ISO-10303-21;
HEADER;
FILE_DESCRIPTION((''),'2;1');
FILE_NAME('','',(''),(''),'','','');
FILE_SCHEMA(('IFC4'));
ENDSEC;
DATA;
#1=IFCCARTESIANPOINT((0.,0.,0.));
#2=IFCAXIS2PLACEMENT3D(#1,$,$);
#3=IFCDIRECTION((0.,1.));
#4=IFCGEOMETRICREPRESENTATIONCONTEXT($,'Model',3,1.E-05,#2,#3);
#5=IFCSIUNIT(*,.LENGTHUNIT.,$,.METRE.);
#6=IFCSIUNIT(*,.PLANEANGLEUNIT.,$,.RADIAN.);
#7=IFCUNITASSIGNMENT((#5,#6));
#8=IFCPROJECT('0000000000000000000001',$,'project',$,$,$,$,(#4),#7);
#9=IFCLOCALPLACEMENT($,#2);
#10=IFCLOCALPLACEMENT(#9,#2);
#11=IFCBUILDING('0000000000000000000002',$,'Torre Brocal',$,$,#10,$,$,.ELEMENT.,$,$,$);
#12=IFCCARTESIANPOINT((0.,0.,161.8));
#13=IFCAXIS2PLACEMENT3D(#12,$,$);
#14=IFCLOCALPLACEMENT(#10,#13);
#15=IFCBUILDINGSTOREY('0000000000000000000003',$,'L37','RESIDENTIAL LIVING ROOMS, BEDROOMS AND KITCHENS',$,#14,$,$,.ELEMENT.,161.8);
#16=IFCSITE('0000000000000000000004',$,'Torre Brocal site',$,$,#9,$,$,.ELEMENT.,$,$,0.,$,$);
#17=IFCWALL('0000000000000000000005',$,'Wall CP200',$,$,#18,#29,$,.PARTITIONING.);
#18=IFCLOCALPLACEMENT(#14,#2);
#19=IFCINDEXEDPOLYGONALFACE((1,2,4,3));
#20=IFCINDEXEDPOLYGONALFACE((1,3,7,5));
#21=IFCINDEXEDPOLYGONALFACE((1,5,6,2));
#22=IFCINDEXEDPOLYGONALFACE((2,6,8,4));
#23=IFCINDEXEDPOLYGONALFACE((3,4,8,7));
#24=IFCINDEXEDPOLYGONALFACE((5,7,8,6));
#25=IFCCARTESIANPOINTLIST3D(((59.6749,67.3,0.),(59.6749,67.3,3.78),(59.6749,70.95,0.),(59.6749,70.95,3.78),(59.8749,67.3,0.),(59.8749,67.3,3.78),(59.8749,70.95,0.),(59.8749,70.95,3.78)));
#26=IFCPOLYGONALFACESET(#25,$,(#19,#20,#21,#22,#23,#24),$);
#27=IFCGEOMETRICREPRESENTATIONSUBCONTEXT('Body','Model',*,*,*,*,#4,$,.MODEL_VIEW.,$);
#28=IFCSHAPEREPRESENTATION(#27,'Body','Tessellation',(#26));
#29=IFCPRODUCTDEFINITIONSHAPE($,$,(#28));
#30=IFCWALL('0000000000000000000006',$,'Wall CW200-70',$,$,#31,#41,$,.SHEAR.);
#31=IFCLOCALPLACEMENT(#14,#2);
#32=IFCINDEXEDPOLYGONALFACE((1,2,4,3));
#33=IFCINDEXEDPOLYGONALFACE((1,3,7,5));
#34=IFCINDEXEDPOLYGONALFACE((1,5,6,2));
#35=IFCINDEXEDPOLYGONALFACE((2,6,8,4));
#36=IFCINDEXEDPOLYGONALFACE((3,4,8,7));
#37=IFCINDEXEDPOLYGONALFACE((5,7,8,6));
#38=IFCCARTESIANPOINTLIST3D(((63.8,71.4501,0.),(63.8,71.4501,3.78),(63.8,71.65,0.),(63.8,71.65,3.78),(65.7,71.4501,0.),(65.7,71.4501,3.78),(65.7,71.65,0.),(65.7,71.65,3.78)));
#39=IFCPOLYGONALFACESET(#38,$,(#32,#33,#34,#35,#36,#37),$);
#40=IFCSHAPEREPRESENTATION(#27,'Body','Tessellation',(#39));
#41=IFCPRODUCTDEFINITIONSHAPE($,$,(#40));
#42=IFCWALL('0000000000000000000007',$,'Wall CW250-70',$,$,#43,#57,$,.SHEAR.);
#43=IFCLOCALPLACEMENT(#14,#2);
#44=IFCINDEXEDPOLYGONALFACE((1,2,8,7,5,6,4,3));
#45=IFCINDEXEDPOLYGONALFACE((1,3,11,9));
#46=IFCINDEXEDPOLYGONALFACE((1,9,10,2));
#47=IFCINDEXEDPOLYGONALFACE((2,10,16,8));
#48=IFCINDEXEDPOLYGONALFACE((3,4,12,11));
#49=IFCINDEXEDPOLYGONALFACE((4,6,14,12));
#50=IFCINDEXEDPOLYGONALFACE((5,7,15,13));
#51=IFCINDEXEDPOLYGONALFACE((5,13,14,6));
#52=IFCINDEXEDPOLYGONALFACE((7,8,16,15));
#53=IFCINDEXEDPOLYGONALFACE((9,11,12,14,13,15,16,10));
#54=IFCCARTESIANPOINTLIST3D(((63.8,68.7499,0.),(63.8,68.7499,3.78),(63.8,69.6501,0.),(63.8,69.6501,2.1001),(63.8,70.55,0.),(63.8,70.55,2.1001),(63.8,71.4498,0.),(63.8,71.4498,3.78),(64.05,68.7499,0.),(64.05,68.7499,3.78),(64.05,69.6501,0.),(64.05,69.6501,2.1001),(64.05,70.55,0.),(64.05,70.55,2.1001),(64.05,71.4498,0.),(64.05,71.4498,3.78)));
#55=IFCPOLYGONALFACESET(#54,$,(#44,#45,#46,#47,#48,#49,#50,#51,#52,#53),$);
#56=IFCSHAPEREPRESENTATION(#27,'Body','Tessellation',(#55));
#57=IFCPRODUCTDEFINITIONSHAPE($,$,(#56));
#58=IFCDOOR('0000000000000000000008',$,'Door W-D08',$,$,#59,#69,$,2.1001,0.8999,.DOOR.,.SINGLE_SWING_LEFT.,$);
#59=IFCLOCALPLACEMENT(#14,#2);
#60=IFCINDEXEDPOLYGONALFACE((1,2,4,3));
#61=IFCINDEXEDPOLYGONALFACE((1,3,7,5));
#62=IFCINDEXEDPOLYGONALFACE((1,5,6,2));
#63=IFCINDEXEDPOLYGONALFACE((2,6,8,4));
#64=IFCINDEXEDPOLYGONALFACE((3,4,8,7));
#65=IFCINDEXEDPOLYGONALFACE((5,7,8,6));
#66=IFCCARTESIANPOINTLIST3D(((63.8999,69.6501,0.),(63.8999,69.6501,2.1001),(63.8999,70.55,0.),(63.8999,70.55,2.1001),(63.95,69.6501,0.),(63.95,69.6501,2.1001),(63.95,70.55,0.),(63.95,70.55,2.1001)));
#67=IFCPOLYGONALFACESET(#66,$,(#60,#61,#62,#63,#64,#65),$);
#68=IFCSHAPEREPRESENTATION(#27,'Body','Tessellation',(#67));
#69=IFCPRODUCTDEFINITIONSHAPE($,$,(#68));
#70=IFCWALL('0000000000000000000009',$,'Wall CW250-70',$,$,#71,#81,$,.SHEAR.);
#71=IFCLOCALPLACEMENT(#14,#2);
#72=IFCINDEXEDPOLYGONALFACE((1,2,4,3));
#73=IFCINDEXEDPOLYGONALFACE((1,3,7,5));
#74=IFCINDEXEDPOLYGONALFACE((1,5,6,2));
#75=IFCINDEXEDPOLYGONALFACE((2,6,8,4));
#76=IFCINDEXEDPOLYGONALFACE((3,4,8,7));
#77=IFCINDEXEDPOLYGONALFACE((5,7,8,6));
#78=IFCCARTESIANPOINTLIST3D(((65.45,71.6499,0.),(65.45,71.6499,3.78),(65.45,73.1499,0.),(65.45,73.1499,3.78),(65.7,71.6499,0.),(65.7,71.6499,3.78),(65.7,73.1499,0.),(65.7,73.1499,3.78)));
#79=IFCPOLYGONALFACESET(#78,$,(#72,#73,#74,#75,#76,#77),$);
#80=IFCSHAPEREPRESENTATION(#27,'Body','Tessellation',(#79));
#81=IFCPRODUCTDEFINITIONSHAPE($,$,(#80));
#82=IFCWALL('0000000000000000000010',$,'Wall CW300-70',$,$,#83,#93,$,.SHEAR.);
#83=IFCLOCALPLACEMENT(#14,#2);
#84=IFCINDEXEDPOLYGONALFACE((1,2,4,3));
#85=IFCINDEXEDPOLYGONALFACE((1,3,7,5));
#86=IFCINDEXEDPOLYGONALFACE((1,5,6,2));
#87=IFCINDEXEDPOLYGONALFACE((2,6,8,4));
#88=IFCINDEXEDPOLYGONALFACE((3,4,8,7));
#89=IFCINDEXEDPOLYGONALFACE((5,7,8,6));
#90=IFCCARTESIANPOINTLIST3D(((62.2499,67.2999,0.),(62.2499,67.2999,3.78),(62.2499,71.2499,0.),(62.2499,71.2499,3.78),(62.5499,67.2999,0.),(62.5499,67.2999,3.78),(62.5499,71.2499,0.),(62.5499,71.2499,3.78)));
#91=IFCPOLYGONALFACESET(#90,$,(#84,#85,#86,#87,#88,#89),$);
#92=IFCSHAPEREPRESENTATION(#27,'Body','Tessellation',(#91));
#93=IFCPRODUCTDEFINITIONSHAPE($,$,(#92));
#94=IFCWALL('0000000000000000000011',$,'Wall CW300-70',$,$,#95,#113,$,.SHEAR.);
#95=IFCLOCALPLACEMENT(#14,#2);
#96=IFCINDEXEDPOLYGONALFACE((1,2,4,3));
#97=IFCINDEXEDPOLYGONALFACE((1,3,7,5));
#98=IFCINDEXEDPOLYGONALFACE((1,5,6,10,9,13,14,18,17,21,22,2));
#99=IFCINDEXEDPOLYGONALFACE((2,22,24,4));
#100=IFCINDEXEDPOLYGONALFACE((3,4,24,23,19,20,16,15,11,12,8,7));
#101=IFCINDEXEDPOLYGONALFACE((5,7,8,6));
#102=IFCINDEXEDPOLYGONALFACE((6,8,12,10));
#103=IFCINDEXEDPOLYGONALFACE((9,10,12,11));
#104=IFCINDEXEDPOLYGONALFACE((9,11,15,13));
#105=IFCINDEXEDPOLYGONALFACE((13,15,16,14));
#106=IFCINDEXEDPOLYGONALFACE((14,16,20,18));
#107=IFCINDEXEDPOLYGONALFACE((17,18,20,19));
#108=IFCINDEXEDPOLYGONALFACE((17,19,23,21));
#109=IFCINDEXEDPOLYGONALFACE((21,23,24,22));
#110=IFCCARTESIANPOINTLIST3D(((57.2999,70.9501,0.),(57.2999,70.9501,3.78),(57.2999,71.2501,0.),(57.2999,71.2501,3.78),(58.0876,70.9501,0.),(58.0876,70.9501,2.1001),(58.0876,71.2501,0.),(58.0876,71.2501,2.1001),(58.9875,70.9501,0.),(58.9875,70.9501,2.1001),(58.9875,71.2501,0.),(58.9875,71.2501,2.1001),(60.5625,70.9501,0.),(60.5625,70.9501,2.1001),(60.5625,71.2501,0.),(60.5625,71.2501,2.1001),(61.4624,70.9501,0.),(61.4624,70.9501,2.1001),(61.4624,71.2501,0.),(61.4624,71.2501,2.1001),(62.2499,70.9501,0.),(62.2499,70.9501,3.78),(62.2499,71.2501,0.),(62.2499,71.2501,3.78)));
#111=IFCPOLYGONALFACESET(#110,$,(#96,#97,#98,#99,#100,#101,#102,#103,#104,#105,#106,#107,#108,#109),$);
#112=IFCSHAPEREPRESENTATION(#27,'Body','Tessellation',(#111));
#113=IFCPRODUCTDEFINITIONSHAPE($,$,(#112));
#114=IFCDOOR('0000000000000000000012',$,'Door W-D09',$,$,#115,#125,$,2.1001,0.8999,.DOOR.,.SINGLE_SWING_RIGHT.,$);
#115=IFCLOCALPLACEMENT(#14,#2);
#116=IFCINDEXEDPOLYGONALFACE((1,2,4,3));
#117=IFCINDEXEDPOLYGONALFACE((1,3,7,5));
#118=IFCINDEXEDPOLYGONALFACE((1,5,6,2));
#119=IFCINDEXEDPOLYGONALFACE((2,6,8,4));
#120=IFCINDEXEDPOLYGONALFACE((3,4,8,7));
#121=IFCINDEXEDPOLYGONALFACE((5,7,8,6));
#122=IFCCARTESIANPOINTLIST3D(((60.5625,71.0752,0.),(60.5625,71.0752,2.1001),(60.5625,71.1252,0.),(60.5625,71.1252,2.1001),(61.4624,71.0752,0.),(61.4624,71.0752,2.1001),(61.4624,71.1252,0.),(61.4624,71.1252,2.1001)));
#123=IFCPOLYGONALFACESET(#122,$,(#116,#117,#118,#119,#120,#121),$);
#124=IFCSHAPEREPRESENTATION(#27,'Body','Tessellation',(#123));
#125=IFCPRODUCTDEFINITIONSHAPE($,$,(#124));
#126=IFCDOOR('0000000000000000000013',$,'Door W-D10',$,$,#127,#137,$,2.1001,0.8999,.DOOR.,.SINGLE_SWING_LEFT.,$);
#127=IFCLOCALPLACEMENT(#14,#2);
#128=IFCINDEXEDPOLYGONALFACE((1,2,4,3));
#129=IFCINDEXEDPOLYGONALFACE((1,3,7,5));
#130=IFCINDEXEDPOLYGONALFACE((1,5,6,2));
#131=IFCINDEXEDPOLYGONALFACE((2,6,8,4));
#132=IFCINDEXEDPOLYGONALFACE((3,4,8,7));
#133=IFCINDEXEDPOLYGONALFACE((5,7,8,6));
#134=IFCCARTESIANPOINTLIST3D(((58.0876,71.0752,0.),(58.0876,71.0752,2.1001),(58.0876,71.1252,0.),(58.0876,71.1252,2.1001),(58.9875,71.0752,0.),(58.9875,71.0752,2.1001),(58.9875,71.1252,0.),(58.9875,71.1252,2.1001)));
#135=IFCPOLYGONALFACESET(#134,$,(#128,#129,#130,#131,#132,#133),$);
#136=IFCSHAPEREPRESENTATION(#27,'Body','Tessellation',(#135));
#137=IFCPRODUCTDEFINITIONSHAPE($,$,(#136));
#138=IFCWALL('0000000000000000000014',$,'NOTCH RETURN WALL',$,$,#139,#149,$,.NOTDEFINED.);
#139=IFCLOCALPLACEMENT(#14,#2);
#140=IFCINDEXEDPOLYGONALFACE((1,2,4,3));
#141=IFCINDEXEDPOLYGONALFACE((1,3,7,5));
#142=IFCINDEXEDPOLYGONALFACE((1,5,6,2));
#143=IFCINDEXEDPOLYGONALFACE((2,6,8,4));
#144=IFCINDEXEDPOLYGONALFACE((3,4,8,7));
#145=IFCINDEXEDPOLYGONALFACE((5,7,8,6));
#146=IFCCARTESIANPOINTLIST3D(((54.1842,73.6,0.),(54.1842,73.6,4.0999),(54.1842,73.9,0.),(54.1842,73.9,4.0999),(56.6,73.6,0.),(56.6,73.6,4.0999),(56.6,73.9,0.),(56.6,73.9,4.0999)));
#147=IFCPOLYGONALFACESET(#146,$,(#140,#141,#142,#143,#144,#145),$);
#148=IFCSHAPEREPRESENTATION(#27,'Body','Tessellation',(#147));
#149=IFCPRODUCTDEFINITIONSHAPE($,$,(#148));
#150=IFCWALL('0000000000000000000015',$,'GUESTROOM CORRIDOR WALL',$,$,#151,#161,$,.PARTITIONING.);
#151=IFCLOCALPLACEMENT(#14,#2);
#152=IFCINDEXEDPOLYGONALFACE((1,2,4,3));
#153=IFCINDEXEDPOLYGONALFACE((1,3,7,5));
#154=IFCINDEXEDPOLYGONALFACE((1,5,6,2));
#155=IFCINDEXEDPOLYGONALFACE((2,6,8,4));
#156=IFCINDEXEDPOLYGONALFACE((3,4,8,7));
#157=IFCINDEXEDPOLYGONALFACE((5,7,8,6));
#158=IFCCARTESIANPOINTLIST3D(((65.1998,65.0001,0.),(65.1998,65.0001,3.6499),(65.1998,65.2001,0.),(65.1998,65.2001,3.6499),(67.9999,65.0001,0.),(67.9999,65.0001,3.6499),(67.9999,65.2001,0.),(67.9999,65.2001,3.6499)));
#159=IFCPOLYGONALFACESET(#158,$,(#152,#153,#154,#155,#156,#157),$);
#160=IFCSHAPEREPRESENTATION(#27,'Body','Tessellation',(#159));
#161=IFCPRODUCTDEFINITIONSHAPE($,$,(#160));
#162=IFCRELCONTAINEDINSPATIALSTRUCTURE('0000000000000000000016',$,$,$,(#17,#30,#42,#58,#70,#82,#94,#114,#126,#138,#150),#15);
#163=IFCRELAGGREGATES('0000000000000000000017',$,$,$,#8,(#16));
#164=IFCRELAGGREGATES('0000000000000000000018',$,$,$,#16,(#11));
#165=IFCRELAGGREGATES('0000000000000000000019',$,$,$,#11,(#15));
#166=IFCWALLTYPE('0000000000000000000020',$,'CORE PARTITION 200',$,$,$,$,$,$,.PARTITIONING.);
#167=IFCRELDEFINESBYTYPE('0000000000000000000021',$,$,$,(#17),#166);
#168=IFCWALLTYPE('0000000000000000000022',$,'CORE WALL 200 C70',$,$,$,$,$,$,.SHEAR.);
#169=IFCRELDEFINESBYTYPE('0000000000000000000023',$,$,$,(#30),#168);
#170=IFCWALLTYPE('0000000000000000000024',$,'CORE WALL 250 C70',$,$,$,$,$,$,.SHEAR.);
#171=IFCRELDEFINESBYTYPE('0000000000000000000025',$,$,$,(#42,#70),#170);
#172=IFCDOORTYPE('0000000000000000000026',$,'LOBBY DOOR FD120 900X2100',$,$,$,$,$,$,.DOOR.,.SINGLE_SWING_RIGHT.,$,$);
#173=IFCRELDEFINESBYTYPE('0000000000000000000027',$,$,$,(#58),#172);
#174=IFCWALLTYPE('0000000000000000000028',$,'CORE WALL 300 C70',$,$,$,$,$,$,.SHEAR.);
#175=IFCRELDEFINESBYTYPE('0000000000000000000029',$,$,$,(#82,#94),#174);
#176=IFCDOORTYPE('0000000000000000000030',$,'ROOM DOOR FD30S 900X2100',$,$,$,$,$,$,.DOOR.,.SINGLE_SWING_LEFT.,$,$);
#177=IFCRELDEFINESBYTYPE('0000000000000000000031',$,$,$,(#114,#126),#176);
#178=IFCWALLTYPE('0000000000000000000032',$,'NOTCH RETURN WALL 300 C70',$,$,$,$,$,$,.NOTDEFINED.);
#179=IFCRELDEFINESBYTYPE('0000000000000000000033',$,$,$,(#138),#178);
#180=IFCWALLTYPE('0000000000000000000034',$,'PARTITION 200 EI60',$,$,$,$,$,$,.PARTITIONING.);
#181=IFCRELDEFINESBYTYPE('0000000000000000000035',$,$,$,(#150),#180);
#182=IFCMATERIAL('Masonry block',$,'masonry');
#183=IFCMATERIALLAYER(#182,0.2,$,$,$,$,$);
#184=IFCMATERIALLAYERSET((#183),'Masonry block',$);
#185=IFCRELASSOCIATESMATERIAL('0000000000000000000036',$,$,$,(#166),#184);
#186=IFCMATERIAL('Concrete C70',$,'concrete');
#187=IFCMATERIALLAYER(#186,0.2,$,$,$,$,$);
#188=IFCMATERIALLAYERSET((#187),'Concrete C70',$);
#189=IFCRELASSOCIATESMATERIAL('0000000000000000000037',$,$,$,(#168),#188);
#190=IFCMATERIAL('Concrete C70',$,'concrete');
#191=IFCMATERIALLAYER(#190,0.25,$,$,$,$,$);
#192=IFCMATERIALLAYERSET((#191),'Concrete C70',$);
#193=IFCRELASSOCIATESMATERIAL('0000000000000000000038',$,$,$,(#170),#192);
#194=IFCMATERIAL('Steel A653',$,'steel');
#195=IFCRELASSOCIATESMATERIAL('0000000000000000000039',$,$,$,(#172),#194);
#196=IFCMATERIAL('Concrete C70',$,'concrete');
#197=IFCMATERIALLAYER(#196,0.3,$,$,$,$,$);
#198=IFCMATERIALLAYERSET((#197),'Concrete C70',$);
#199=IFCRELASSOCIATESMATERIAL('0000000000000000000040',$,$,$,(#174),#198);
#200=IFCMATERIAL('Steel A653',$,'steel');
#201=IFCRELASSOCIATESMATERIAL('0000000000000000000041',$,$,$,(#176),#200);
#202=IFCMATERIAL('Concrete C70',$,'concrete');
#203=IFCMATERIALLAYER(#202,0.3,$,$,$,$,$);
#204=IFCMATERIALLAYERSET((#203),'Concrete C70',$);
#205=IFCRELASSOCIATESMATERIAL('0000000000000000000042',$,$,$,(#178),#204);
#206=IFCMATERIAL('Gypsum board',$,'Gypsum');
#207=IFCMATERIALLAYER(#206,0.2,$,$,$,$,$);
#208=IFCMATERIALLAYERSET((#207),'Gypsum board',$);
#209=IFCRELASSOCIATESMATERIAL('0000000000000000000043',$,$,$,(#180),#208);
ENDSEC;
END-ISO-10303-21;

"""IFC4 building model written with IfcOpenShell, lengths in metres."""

from ifc_helpers import new_model, si_unit, direction, frame, frame_2d, origin, place, context, subcontext, project, spatial, rectangle, extrude, material, layer, layer_set, type_object, element, fill, save


model = new_model("IFC4")

# Units and contexts
model_context = context("Model", 3, precision=1e-05, world=origin(), true_north=direction((0.0, 1.0)))
body_context = subcontext(model_context, "Body", "Model", "MODEL_VIEW")
ifc_project = project(units=[si_unit("LENGTHUNIT", "METRE"), si_unit("PLANEANGLEUNIT", "RADIAN")], contexts=[model_context])

# Site, building, storey
site_placement = place(None, origin())
site = spatial("IfcSite", under=ifc_project, at=site_placement, Name="Torre Brocal site", CompositionType="ELEMENT", RefElevation=0.0)
building_placement = place(site_placement, origin())
building = spatial("IfcBuilding", under=site, at=building_placement, Name="Torre Brocal", CompositionType="ELEMENT")
storey_placement = place(building_placement, frame((0.0, 0.0, 161.8)))
storey = spatial("IfcBuildingStorey", under=building, at=storey_placement, Name="L37", Description="RESIDENTIAL LIVING ROOMS, BEDROOMS AND KITCHENS", CompositionType="ELEMENT", Elevation=161.8)

# Walls
ifc_material_1 = material(Name="Masonry block", Category="masonry")
ifc_layer_1 = layer(ifc_material_1, 0.2)
ifc_layer_set_1 = layer_set([ifc_layer_1], Name="Masonry block")
wall_type_1 = type_object("IfcWallType", Name="CORE PARTITION 200", PredefinedType="PARTITIONING", material=ifc_layer_set_1)
wall_1_placement = place(storey_placement, frame((59.7749, 70.95, 0.0), z_axis=(0.0, 0.0, 1.0), x_axis=(0.0, -1.0, 0.0)))
element("IfcWall", 1, at=wall_1_placement, inside=storey, type_object=wall_type_1, Name="Wall CP200", PredefinedType="PARTITIONING", context=body_context, shape_type="SweptSolid", body=[
    extrude(rectangle(XDim=3.6499, YDim=0.2, at=frame_2d((1.825, 0.0))), origin(), (0.0, 0.0, 1.0), 3.78),
])
ifc_material_2 = material(Name="Concrete C70", Category="concrete")
ifc_layer_2 = layer(ifc_material_2, 0.2)
ifc_layer_set_2 = layer_set([ifc_layer_2], Name="Concrete C70")
wall_type_2 = type_object("IfcWallType", Name="CORE WALL 200 C70", PredefinedType="SHEAR", material=ifc_layer_set_2)
wall_2_placement = place(storey_placement, frame((65.7, 71.55, 0.0), z_axis=(0.0, 0.0, 1.0), x_axis=(-1.0, 0.0, 0.0)))
element("IfcWall", 2, at=wall_2_placement, inside=storey, type_object=wall_type_2, Name="Wall CW200-70", PredefinedType="SHEAR", context=body_context, shape_type="SweptSolid", body=[
    extrude(rectangle(XDim=1.8999, YDim=0.2, at=frame_2d((0.95, 0.0))), origin(), (0.0, 0.0, 1.0), 3.78),
])

# Wall, opening, door
ifc_material_3 = material(Name="Concrete C70", Category="concrete")
ifc_layer_3 = layer(ifc_material_3, 0.25)
ifc_layer_set_3 = layer_set([ifc_layer_3], Name="Concrete C70")
wall_type_3 = type_object("IfcWallType", Name="CORE WALL 250 C70", PredefinedType="SHEAR", material=ifc_layer_set_3)
wall_3_placement = place(storey_placement, frame((63.925, 71.45, 0.0), z_axis=(0.0, 0.0, 1.0), x_axis=(0.0, -1.0, 0.0)))
wall_3 = element("IfcWall", 3, at=wall_3_placement, inside=storey, type_object=wall_type_3, Name="Wall CW250-70", PredefinedType="SHEAR", context=body_context, shape_type="SweptSolid", body=[
    extrude(rectangle(XDim=2.7, YDim=0.25, at=frame_2d((1.3501, 0.0))), origin(), (0.0, 0.0, 1.0), 3.78),
])
opening_1_placement = place(wall_3_placement, frame((0.8999, 0.0, 0.0)))
opening_1 = element("IfcOpeningElement", 4, at=opening_1_placement, cuts=wall_3, PredefinedType="OPENING", context=body_context, shape_type="SweptSolid", body=[
    extrude(rectangle(XDim=0.8999, YDim=2.1001, at=frame_2d((0.45, 1.05))), frame((0.0, 0.135, 0.0), z_axis=(0.0, -1.0, 0.0), x_axis=(1.0, 0.0, 0.0)), (0.0, 0.0, 1.0), 0.27),
])
ifc_material_4 = material(Name="Steel A653", Category="steel")
door_type_1 = type_object("IfcDoorType", Name="LOBBY DOOR FD120 900X2100", OperationType="SINGLE_SWING_RIGHT", PredefinedType="DOOR", material=ifc_material_4)
door_1_placement = place(opening_1_placement, origin())
door_1 = element("IfcDoor", 5, at=door_1_placement, inside=storey, type_object=door_type_1, Name="Door W-D08", OperationType="SINGLE_SWING_LEFT", OverallHeight=2.1001, OverallWidth=0.8999, PredefinedType="DOOR", context=body_context, shape_type="SweptSolid", body=[
    extrude(rectangle(XDim=0.8999, YDim=2.1001, at=frame_2d((0.45, 1.05))), frame((0.0, 0.0249, 0.0), z_axis=(0.0, -1.0, 0.0), x_axis=(1.0, 0.0, 0.0)), (0.0, 0.0, 1.0), 0.05),
])
fill(opening_1, door_1)

# Walls
wall_4_placement = place(storey_placement, frame((65.575, 73.1499, 0.0), z_axis=(0.0, 0.0, 1.0), x_axis=(0.0, -1.0, 0.0)))
element("IfcWall", 6, at=wall_4_placement, inside=storey, type_object=wall_type_3, Name="Wall CW250-70", PredefinedType="SHEAR", context=body_context, shape_type="SweptSolid", body=[
    extrude(rectangle(XDim=1.5, YDim=0.25, at=frame_2d((0.75, 0.0))), origin(), (0.0, 0.0, 1.0), 3.78),
])
ifc_material_5 = material(Name="Concrete C70", Category="concrete")
ifc_layer_4 = layer(ifc_material_5, 0.3)
ifc_layer_set_4 = layer_set([ifc_layer_4], Name="Concrete C70")
wall_type_4 = type_object("IfcWallType", Name="CORE WALL 300 C70", PredefinedType="SHEAR", material=ifc_layer_set_4)
wall_5_placement = place(storey_placement, frame((62.3999, 71.25, 0.0), z_axis=(0.0, 0.0, 1.0), x_axis=(0.0, -1.0, 0.0)))
element("IfcWall", 7, at=wall_5_placement, inside=storey, type_object=wall_type_4, Name="Wall CW300-70", PredefinedType="SHEAR", context=body_context, shape_type="SweptSolid", body=[
    extrude(rectangle(XDim=3.95, YDim=0.3, at=frame_2d((1.9751, 0.0))), origin(), (0.0, 0.0, 1.0), 3.78),
])

# Wall, openings, doors
wall_6_placement = place(storey_placement, frame((62.25, 71.1001, 0.0), z_axis=(0.0, 0.0, 1.0), x_axis=(-1.0, 0.0, 0.0)))
wall_6 = element("IfcWall", 8, at=wall_6_placement, inside=storey, type_object=wall_type_4, Name="Wall CW300-70", PredefinedType="SHEAR", context=body_context, shape_type="SweptSolid", body=[
    extrude(rectangle(XDim=4.95, YDim=0.3, at=frame_2d((2.4751, 0.0))), origin(), (0.0, 0.0, 1.0), 3.78),
])
opening_2_placement = place(wall_6_placement, frame((0.7876, 0.0, 0.0)))
opening_2 = element("IfcOpeningElement", 9, at=opening_2_placement, cuts=wall_6, PredefinedType="OPENING", context=body_context, shape_type="SweptSolid", body=[
    extrude(rectangle(XDim=0.8999, YDim=2.1001, at=frame_2d((0.45, 1.05))), frame((0.0, 0.1599, 0.0), z_axis=(0.0, -1.0, 0.0), x_axis=(1.0, 0.0, 0.0)), (0.0, 0.0, 1.0), 0.3201),
])
opening_3_placement = place(wall_6_placement, frame((3.2625, 0.0, 0.0)))
opening_3 = element("IfcOpeningElement", 10, at=opening_3_placement, cuts=wall_6, PredefinedType="OPENING", context=body_context, shape_type="SweptSolid", body=[
    extrude(rectangle(XDim=0.8999, YDim=2.1001, at=frame_2d((0.45, 1.05))), frame((0.0, 0.1599, 0.0), z_axis=(0.0, -1.0, 0.0), x_axis=(1.0, 0.0, 0.0)), (0.0, 0.0, 1.0), 0.3201),
])
ifc_material_6 = material(Name="Steel A653", Category="steel")
door_type_2 = type_object("IfcDoorType", Name="ROOM DOOR FD30S 900X2100", OperationType="SINGLE_SWING_LEFT", PredefinedType="DOOR", material=ifc_material_6)
door_2_placement = place(opening_2_placement, origin())
door_2 = element("IfcDoor", 11, at=door_2_placement, inside=storey, type_object=door_type_2, Name="Door W-D09", OperationType="SINGLE_SWING_RIGHT", OverallHeight=2.1001, OverallWidth=0.8999, PredefinedType="DOOR", context=body_context, shape_type="SweptSolid", body=[
    extrude(rectangle(XDim=0.8999, YDim=2.1001, at=frame_2d((0.45, 1.05))), frame((0.0, 0.0249, 0.0), z_axis=(0.0, -1.0, 0.0), x_axis=(1.0, 0.0, 0.0)), (0.0, 0.0, 1.0), 0.05),
])
fill(opening_2, door_2)
door_3_placement = place(opening_3_placement, origin())
door_3 = element("IfcDoor", 12, at=door_3_placement, inside=storey, type_object=door_type_2, Name="Door W-D10", OperationType="SINGLE_SWING_LEFT", OverallHeight=2.1001, OverallWidth=0.8999, PredefinedType="DOOR", context=body_context, shape_type="SweptSolid", body=[
    extrude(rectangle(XDim=0.8999, YDim=2.1001, at=frame_2d((0.45, 1.05))), frame((0.0, 0.0249, 0.0), z_axis=(0.0, -1.0, 0.0), x_axis=(1.0, 0.0, 0.0)), (0.0, 0.0, 1.0), 0.05),
])
fill(opening_3, door_3)

# Walls
ifc_material_7 = material(Name="Concrete C70", Category="concrete")
ifc_layer_5 = layer(ifc_material_7, 0.3)
ifc_layer_set_5 = layer_set([ifc_layer_5], Name="Concrete C70")
wall_type_5 = type_object("IfcWallType", Name="NOTCH RETURN WALL 300 C70", PredefinedType="NOTDEFINED", material=ifc_layer_set_5)
wall_7_placement = place(storey_placement, frame((56.6001, 73.75, 0.0), z_axis=(0.0, 0.0, 1.0), x_axis=(-1.0, 0.0, 0.0)))
element("IfcWall", 13, at=wall_7_placement, inside=storey, type_object=wall_type_5, Name="NOTCH RETURN WALL", PredefinedType="NOTDEFINED", context=body_context, shape_type="SweptSolid", body=[
    extrude(rectangle(XDim=2.4158, YDim=0.3, at=frame_2d((1.208, 0.0))), origin(), (0.0, 0.0, 1.0), 4.0999),
])
ifc_material_8 = material(Name="Gypsum board", Category="Gypsum")
ifc_layer_6 = layer(ifc_material_8, 0.2)
ifc_layer_set_6 = layer_set([ifc_layer_6], Name="Gypsum board")
wall_type_6 = type_object("IfcWallType", Name="PARTITION 200 EI60", PredefinedType="PARTITIONING", material=ifc_layer_set_6)
wall_8_placement = place(storey_placement, frame((65.2, 65.1001, 0.0), z_axis=(0.0, 0.0, 1.0), x_axis=(1.0, 0.0, 0.0)))
element("IfcWall", 14, at=wall_8_placement, inside=storey, type_object=wall_type_6, Name="GUESTROOM CORRIDOR WALL", PredefinedType="PARTITIONING", context=body_context, shape_type="SweptSolid", body=[
    extrude(rectangle(XDim=2.8, YDim=0.2, at=frame_2d((1.3999, 0.0))), origin(), (0.0, 0.0, 1.0), 3.6499),
])

save(model, "model.ifc")
